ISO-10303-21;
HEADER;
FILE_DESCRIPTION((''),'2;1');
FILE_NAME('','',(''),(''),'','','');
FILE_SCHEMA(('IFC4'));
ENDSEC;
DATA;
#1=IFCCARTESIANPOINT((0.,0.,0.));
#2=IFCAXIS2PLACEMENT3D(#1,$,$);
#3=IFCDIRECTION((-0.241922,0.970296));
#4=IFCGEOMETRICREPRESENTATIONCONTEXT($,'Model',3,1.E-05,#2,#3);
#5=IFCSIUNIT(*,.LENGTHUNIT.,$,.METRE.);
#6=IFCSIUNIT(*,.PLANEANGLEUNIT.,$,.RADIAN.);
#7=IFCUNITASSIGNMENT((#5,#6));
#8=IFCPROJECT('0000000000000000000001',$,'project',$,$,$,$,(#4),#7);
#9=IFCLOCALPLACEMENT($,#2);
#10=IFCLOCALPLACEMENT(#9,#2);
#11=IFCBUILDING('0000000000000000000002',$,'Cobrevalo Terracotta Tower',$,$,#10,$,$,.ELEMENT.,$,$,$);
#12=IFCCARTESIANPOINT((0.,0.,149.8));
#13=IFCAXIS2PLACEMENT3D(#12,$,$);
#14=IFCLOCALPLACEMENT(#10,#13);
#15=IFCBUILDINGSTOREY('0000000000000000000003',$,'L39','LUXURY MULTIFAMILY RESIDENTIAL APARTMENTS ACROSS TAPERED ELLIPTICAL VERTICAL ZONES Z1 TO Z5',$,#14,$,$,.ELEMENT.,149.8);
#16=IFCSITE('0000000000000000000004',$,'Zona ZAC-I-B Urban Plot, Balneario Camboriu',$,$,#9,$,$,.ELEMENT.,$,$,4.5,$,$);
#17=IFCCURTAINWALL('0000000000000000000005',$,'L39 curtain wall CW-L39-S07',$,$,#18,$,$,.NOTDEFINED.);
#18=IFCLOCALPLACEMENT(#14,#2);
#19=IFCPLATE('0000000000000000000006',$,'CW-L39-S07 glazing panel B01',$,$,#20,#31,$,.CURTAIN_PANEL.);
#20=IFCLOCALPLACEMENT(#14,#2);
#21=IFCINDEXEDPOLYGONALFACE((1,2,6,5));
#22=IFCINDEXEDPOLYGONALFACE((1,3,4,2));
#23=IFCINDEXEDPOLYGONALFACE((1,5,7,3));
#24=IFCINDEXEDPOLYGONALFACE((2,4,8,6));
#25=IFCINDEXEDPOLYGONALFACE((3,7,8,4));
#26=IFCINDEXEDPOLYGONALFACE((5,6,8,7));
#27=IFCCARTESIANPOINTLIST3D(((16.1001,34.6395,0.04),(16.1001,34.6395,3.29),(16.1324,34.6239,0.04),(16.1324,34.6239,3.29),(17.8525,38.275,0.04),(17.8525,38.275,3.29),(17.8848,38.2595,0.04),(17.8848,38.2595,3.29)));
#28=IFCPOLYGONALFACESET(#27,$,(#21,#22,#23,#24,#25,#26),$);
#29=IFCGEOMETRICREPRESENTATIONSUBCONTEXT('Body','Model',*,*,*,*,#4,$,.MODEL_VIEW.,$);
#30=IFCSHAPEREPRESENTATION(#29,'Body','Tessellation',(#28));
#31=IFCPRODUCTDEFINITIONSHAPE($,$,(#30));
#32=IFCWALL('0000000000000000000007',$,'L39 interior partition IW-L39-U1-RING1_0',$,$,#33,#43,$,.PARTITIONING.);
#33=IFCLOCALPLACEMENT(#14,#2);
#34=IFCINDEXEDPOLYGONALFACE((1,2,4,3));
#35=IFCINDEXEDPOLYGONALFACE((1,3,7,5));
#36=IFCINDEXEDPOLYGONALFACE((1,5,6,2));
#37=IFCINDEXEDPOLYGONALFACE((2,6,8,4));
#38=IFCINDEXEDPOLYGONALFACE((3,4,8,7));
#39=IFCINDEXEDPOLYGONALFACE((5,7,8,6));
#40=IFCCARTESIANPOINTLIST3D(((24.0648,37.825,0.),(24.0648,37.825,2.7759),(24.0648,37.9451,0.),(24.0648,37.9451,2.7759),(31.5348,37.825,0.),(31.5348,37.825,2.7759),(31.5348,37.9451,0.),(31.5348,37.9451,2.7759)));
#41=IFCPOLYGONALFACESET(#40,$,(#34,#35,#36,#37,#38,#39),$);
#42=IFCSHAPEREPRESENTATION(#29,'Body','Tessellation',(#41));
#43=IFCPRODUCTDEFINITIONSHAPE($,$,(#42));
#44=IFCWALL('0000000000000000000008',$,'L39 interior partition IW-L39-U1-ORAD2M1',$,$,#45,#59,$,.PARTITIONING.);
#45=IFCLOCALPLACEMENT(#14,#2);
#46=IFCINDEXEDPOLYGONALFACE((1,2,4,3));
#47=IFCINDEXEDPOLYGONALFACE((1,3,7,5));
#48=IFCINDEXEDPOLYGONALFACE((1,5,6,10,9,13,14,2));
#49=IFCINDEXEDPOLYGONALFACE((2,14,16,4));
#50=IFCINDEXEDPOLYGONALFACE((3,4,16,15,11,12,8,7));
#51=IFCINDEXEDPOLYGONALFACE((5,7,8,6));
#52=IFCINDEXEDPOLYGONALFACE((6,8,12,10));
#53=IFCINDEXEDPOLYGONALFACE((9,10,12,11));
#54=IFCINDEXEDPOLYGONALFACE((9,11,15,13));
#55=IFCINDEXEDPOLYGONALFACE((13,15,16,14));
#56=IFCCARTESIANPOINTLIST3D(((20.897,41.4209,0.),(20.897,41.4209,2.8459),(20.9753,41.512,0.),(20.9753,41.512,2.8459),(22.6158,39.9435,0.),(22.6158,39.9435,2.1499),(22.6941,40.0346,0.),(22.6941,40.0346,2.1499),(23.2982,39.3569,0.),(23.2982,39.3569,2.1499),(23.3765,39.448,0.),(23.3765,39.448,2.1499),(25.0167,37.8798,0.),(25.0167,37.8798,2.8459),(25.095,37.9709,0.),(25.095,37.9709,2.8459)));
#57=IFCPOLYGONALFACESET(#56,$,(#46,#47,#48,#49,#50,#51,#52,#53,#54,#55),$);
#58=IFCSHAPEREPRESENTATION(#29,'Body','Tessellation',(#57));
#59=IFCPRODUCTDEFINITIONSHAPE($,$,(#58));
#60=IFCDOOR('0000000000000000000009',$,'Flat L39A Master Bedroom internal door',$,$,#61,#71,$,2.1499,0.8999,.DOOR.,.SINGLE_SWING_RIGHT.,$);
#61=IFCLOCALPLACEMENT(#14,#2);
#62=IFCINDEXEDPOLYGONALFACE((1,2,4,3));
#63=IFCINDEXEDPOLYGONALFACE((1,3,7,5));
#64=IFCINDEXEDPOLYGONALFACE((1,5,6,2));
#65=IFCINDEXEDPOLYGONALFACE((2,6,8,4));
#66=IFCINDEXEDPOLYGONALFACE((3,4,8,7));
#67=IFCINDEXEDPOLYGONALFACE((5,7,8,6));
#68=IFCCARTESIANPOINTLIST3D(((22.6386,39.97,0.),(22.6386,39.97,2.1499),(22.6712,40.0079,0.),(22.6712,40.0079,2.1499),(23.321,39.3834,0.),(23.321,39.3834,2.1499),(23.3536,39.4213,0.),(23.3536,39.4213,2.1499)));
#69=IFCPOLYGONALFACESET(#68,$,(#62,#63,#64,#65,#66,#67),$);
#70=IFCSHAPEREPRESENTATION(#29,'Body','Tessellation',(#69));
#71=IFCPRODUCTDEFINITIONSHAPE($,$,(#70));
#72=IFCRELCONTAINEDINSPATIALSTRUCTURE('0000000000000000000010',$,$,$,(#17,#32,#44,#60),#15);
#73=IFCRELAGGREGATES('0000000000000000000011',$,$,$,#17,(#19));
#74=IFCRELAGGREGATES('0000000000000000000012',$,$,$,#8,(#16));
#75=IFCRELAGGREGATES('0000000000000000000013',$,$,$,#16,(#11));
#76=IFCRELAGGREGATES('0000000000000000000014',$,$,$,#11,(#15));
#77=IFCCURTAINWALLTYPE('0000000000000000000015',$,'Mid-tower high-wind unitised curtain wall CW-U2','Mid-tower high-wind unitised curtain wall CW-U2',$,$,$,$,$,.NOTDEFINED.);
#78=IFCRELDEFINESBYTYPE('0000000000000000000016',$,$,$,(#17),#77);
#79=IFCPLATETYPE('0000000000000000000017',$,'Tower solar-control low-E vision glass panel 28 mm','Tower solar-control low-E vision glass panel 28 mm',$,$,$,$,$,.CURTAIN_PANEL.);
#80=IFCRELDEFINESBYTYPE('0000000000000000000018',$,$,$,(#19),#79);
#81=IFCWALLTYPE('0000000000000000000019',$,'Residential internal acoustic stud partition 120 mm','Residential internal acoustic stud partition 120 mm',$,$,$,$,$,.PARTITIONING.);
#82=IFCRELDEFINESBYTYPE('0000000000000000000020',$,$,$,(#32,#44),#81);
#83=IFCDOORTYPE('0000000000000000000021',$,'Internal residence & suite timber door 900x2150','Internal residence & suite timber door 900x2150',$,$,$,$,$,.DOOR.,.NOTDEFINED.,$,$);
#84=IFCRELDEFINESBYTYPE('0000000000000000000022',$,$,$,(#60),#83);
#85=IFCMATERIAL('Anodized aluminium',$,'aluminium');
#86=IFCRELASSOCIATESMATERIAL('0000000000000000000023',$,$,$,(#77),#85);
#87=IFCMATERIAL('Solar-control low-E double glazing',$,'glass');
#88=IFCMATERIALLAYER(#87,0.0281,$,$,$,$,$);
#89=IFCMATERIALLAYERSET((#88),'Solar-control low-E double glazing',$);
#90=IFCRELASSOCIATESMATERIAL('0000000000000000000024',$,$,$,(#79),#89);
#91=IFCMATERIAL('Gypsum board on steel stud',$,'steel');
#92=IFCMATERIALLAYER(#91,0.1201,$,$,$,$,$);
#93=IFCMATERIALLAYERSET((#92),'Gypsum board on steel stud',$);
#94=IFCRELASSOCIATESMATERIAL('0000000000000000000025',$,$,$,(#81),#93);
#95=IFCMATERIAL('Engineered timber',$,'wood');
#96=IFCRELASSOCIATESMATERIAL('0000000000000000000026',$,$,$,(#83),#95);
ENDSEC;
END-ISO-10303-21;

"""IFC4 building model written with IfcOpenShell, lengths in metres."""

from ifc_helpers import new_model, si_unit, direction, frame, frame_2d, origin, origin_2d, place, context, subcontext, project, spatial, rectangle, extrude, source, transform, mapped, material, layer, layer_set, type_object, element, fill, aggregate, save


model = new_model("IFC4")

# Units and contexts
model_context = context("Model", 3, precision=1e-05, world=origin(), true_north=direction((-0.241922, 0.970296)))
body_context = subcontext(model_context, "Body", "Model", "MODEL_VIEW")
ifc_project = project(units=[si_unit("LENGTHUNIT", "METRE"), si_unit("PLANEANGLEUNIT", "RADIAN")], contexts=[model_context])

# Site, building, storey
site_placement = place(None, origin())
site = spatial("IfcSite", under=ifc_project, at=site_placement, Name="Zona ZAC-I-B Urban Plot, Balneario Camboriu", CompositionType="ELEMENT", RefElevation=4.5)
building_placement = place(site_placement, origin())
building = spatial("IfcBuilding", under=site, at=building_placement, Name="Cobrevalo Terracotta Tower", CompositionType="ELEMENT")
storey_placement = place(building_placement, frame((0.0, 0.0, 149.8)))
storey = spatial("IfcBuildingStorey", under=building, at=storey_placement, Name="L39", Description="LUXURY MULTIFAMILY RESIDENTIAL APARTMENTS ACROSS TAPERED ELLIPTICAL VERTICAL ZONES Z1 TO Z5", CompositionType="ELEMENT", Elevation=149.8)

# Curtain wall
ifc_material_1 = material(Name="Anodized aluminium", Category="aluminium")
curtain_wall_type = type_object("IfcCurtainWallType", Name="Mid-tower high-wind unitised curtain wall CW-U2", Description="Mid-tower high-wind unitised curtain wall CW-U2", PredefinedType="NOTDEFINED", material=ifc_material_1)
curtain_wall_1_placement = place(storey_placement, origin())
curtain_wall_1 = element("IfcCurtainWall", 1, at=curtain_wall_1_placement, inside=storey, type_object=curtain_wall_type, Name="L39 curtain wall CW-L39-S07", PredefinedType="NOTDEFINED")

# Plate
ifc_material_2 = material(Name="Solar-control low-E double glazing", Category="glass")
ifc_layer_1 = layer(ifc_material_2, 0.0281)
ifc_layer_set_1 = layer_set([ifc_layer_1], Name="Solar-control low-E double glazing")
plate_type = type_object("IfcPlateType", Name="Tower solar-control low-E vision glass panel 28 mm", Description="Tower solar-control low-E vision glass panel 28 mm", PredefinedType="CURTAIN_PANEL", material=ifc_layer_set_1)
shared_shape_1 = source(origin(), body_context, "Body", "SweptSolid", [
    extrude(rectangle(XDim=4.0359, YDim=0.0359, at=origin_2d()), origin(), (0.0, 0.0, 1.0), 3.25),
])
plate_1_placement = place(storey_placement, frame((16.9924, 36.4495, 0.04), z_axis=(0.0, 0.0, 1.0), x_axis=(-0.434209, -0.900812, 0.0)))
plate_1 = element("IfcPlate", 2, at=plate_1_placement, type_object=plate_type, Name="CW-L39-S07 glazing panel B01", PredefinedType="CURTAIN_PANEL", context=body_context, shape_type="MappedRepresentation", body=[
    mapped(shared_shape_1, transform((0.0, 0.0, 0.0), scale=1.0)),
])
aggregate(curtain_wall_1, [plate_1])

# Wall
ifc_material_3 = material(Name="Gypsum board on steel stud", Category="steel")
ifc_layer_2 = layer(ifc_material_3, 0.1201)
ifc_layer_set_2 = layer_set([ifc_layer_2], Name="Gypsum board on steel stud")
wall_type = type_object("IfcWallType", Name="Residential internal acoustic stud partition 120 mm", Description="Residential internal acoustic stud partition 120 mm", PredefinedType="PARTITIONING", material=ifc_layer_set_2)
wall_1_placement = place(storey_placement, frame((24.0649, 37.885, 0.0), z_axis=(0.0, 0.0, 1.0), x_axis=(1.0, 0.0, 0.0)))
element("IfcWall", 3, at=wall_1_placement, inside=storey, type_object=wall_type, Name="L39 interior partition IW-L39-U1-RING1_0", PredefinedType="PARTITIONING", context=body_context, shape_type="SweptSolid", body=[
    extrude(rectangle(XDim=7.47, YDim=0.1201, at=frame_2d((3.7349, 0.0))), origin(), (0.0, 0.0, 1.0), 2.7759),
])

# Wall, opening, door
wall_2_placement = place(storey_placement, frame((25.0559, 37.9253, 0.0), z_axis=(0.0, 0.0, 1.0), x_axis=(-0.758355, 0.651842, 0.0)))
wall_2 = element("IfcWall", 4, at=wall_2_placement, inside=storey, type_object=wall_type, Name="L39 interior partition IW-L39-U1-ORAD2M1", PredefinedType="PARTITIONING", context=body_context, shape_type="SweptSolid", body=[
    extrude(rectangle(XDim=5.4324, YDim=0.1201, at=frame_2d((2.7163, 0.0))), origin(), (0.0, 0.0, 1.0), 2.8459),
])
opening_placement = place(wall_2_placement, frame((2.2661, 0.0, 0.0)))
opening = element("IfcOpeningElement", 5, at=opening_placement, cuts=wall_2, PredefinedType="OPENING", context=body_context, shape_type="SweptSolid", body=[
    extrude(rectangle(XDim=0.8999, YDim=2.1499, at=frame_2d((0.45, 1.075))), frame((0.0, 0.0701, 0.0), z_axis=(0.0, -1.0, 0.0), x_axis=(1.0, 0.0, 0.0)), (0.0, 0.0, 1.0), 0.1401),
])
ifc_material_4 = material(Name="Engineered timber", Category="wood")
door_type = type_object("IfcDoorType", Name="Internal residence & suite timber door 900x2150", Description="Internal residence & suite timber door 900x2150", OperationType="NOTDEFINED", PredefinedType="DOOR", material=ifc_material_4)
shared_shape_2 = source(origin(), body_context, "Body", "SweptSolid", [
    extrude(rectangle(XDim=0.8999, YDim=2.1499, at=frame_2d((0.45, 1.075))), frame((0.0, 0.0249, 0.0), z_axis=(0.0, -1.0, 0.0), x_axis=(1.0, 0.0, 0.0)), (0.0, 0.0, 1.0), 0.05),
])
door_placement = place(opening_placement, frame((0.8999, 0.0, 0.0), z_axis=(0.0, 0.0, 1.0), x_axis=(-1.0, 0.0, 0.0)))
door = element("IfcDoor", 6, at=door_placement, inside=storey, type_object=door_type, Name="Flat L39A Master Bedroom internal door", OperationType="SINGLE_SWING_RIGHT", OverallHeight=2.1499, OverallWidth=0.8999, PredefinedType="DOOR", context=body_context, shape_type="MappedRepresentation", body=[
    mapped(shared_shape_2, transform((0.0, 0.0, 0.0), scale=1.0)),
])
fill(opening, door)

save(model, "model.ifc")
